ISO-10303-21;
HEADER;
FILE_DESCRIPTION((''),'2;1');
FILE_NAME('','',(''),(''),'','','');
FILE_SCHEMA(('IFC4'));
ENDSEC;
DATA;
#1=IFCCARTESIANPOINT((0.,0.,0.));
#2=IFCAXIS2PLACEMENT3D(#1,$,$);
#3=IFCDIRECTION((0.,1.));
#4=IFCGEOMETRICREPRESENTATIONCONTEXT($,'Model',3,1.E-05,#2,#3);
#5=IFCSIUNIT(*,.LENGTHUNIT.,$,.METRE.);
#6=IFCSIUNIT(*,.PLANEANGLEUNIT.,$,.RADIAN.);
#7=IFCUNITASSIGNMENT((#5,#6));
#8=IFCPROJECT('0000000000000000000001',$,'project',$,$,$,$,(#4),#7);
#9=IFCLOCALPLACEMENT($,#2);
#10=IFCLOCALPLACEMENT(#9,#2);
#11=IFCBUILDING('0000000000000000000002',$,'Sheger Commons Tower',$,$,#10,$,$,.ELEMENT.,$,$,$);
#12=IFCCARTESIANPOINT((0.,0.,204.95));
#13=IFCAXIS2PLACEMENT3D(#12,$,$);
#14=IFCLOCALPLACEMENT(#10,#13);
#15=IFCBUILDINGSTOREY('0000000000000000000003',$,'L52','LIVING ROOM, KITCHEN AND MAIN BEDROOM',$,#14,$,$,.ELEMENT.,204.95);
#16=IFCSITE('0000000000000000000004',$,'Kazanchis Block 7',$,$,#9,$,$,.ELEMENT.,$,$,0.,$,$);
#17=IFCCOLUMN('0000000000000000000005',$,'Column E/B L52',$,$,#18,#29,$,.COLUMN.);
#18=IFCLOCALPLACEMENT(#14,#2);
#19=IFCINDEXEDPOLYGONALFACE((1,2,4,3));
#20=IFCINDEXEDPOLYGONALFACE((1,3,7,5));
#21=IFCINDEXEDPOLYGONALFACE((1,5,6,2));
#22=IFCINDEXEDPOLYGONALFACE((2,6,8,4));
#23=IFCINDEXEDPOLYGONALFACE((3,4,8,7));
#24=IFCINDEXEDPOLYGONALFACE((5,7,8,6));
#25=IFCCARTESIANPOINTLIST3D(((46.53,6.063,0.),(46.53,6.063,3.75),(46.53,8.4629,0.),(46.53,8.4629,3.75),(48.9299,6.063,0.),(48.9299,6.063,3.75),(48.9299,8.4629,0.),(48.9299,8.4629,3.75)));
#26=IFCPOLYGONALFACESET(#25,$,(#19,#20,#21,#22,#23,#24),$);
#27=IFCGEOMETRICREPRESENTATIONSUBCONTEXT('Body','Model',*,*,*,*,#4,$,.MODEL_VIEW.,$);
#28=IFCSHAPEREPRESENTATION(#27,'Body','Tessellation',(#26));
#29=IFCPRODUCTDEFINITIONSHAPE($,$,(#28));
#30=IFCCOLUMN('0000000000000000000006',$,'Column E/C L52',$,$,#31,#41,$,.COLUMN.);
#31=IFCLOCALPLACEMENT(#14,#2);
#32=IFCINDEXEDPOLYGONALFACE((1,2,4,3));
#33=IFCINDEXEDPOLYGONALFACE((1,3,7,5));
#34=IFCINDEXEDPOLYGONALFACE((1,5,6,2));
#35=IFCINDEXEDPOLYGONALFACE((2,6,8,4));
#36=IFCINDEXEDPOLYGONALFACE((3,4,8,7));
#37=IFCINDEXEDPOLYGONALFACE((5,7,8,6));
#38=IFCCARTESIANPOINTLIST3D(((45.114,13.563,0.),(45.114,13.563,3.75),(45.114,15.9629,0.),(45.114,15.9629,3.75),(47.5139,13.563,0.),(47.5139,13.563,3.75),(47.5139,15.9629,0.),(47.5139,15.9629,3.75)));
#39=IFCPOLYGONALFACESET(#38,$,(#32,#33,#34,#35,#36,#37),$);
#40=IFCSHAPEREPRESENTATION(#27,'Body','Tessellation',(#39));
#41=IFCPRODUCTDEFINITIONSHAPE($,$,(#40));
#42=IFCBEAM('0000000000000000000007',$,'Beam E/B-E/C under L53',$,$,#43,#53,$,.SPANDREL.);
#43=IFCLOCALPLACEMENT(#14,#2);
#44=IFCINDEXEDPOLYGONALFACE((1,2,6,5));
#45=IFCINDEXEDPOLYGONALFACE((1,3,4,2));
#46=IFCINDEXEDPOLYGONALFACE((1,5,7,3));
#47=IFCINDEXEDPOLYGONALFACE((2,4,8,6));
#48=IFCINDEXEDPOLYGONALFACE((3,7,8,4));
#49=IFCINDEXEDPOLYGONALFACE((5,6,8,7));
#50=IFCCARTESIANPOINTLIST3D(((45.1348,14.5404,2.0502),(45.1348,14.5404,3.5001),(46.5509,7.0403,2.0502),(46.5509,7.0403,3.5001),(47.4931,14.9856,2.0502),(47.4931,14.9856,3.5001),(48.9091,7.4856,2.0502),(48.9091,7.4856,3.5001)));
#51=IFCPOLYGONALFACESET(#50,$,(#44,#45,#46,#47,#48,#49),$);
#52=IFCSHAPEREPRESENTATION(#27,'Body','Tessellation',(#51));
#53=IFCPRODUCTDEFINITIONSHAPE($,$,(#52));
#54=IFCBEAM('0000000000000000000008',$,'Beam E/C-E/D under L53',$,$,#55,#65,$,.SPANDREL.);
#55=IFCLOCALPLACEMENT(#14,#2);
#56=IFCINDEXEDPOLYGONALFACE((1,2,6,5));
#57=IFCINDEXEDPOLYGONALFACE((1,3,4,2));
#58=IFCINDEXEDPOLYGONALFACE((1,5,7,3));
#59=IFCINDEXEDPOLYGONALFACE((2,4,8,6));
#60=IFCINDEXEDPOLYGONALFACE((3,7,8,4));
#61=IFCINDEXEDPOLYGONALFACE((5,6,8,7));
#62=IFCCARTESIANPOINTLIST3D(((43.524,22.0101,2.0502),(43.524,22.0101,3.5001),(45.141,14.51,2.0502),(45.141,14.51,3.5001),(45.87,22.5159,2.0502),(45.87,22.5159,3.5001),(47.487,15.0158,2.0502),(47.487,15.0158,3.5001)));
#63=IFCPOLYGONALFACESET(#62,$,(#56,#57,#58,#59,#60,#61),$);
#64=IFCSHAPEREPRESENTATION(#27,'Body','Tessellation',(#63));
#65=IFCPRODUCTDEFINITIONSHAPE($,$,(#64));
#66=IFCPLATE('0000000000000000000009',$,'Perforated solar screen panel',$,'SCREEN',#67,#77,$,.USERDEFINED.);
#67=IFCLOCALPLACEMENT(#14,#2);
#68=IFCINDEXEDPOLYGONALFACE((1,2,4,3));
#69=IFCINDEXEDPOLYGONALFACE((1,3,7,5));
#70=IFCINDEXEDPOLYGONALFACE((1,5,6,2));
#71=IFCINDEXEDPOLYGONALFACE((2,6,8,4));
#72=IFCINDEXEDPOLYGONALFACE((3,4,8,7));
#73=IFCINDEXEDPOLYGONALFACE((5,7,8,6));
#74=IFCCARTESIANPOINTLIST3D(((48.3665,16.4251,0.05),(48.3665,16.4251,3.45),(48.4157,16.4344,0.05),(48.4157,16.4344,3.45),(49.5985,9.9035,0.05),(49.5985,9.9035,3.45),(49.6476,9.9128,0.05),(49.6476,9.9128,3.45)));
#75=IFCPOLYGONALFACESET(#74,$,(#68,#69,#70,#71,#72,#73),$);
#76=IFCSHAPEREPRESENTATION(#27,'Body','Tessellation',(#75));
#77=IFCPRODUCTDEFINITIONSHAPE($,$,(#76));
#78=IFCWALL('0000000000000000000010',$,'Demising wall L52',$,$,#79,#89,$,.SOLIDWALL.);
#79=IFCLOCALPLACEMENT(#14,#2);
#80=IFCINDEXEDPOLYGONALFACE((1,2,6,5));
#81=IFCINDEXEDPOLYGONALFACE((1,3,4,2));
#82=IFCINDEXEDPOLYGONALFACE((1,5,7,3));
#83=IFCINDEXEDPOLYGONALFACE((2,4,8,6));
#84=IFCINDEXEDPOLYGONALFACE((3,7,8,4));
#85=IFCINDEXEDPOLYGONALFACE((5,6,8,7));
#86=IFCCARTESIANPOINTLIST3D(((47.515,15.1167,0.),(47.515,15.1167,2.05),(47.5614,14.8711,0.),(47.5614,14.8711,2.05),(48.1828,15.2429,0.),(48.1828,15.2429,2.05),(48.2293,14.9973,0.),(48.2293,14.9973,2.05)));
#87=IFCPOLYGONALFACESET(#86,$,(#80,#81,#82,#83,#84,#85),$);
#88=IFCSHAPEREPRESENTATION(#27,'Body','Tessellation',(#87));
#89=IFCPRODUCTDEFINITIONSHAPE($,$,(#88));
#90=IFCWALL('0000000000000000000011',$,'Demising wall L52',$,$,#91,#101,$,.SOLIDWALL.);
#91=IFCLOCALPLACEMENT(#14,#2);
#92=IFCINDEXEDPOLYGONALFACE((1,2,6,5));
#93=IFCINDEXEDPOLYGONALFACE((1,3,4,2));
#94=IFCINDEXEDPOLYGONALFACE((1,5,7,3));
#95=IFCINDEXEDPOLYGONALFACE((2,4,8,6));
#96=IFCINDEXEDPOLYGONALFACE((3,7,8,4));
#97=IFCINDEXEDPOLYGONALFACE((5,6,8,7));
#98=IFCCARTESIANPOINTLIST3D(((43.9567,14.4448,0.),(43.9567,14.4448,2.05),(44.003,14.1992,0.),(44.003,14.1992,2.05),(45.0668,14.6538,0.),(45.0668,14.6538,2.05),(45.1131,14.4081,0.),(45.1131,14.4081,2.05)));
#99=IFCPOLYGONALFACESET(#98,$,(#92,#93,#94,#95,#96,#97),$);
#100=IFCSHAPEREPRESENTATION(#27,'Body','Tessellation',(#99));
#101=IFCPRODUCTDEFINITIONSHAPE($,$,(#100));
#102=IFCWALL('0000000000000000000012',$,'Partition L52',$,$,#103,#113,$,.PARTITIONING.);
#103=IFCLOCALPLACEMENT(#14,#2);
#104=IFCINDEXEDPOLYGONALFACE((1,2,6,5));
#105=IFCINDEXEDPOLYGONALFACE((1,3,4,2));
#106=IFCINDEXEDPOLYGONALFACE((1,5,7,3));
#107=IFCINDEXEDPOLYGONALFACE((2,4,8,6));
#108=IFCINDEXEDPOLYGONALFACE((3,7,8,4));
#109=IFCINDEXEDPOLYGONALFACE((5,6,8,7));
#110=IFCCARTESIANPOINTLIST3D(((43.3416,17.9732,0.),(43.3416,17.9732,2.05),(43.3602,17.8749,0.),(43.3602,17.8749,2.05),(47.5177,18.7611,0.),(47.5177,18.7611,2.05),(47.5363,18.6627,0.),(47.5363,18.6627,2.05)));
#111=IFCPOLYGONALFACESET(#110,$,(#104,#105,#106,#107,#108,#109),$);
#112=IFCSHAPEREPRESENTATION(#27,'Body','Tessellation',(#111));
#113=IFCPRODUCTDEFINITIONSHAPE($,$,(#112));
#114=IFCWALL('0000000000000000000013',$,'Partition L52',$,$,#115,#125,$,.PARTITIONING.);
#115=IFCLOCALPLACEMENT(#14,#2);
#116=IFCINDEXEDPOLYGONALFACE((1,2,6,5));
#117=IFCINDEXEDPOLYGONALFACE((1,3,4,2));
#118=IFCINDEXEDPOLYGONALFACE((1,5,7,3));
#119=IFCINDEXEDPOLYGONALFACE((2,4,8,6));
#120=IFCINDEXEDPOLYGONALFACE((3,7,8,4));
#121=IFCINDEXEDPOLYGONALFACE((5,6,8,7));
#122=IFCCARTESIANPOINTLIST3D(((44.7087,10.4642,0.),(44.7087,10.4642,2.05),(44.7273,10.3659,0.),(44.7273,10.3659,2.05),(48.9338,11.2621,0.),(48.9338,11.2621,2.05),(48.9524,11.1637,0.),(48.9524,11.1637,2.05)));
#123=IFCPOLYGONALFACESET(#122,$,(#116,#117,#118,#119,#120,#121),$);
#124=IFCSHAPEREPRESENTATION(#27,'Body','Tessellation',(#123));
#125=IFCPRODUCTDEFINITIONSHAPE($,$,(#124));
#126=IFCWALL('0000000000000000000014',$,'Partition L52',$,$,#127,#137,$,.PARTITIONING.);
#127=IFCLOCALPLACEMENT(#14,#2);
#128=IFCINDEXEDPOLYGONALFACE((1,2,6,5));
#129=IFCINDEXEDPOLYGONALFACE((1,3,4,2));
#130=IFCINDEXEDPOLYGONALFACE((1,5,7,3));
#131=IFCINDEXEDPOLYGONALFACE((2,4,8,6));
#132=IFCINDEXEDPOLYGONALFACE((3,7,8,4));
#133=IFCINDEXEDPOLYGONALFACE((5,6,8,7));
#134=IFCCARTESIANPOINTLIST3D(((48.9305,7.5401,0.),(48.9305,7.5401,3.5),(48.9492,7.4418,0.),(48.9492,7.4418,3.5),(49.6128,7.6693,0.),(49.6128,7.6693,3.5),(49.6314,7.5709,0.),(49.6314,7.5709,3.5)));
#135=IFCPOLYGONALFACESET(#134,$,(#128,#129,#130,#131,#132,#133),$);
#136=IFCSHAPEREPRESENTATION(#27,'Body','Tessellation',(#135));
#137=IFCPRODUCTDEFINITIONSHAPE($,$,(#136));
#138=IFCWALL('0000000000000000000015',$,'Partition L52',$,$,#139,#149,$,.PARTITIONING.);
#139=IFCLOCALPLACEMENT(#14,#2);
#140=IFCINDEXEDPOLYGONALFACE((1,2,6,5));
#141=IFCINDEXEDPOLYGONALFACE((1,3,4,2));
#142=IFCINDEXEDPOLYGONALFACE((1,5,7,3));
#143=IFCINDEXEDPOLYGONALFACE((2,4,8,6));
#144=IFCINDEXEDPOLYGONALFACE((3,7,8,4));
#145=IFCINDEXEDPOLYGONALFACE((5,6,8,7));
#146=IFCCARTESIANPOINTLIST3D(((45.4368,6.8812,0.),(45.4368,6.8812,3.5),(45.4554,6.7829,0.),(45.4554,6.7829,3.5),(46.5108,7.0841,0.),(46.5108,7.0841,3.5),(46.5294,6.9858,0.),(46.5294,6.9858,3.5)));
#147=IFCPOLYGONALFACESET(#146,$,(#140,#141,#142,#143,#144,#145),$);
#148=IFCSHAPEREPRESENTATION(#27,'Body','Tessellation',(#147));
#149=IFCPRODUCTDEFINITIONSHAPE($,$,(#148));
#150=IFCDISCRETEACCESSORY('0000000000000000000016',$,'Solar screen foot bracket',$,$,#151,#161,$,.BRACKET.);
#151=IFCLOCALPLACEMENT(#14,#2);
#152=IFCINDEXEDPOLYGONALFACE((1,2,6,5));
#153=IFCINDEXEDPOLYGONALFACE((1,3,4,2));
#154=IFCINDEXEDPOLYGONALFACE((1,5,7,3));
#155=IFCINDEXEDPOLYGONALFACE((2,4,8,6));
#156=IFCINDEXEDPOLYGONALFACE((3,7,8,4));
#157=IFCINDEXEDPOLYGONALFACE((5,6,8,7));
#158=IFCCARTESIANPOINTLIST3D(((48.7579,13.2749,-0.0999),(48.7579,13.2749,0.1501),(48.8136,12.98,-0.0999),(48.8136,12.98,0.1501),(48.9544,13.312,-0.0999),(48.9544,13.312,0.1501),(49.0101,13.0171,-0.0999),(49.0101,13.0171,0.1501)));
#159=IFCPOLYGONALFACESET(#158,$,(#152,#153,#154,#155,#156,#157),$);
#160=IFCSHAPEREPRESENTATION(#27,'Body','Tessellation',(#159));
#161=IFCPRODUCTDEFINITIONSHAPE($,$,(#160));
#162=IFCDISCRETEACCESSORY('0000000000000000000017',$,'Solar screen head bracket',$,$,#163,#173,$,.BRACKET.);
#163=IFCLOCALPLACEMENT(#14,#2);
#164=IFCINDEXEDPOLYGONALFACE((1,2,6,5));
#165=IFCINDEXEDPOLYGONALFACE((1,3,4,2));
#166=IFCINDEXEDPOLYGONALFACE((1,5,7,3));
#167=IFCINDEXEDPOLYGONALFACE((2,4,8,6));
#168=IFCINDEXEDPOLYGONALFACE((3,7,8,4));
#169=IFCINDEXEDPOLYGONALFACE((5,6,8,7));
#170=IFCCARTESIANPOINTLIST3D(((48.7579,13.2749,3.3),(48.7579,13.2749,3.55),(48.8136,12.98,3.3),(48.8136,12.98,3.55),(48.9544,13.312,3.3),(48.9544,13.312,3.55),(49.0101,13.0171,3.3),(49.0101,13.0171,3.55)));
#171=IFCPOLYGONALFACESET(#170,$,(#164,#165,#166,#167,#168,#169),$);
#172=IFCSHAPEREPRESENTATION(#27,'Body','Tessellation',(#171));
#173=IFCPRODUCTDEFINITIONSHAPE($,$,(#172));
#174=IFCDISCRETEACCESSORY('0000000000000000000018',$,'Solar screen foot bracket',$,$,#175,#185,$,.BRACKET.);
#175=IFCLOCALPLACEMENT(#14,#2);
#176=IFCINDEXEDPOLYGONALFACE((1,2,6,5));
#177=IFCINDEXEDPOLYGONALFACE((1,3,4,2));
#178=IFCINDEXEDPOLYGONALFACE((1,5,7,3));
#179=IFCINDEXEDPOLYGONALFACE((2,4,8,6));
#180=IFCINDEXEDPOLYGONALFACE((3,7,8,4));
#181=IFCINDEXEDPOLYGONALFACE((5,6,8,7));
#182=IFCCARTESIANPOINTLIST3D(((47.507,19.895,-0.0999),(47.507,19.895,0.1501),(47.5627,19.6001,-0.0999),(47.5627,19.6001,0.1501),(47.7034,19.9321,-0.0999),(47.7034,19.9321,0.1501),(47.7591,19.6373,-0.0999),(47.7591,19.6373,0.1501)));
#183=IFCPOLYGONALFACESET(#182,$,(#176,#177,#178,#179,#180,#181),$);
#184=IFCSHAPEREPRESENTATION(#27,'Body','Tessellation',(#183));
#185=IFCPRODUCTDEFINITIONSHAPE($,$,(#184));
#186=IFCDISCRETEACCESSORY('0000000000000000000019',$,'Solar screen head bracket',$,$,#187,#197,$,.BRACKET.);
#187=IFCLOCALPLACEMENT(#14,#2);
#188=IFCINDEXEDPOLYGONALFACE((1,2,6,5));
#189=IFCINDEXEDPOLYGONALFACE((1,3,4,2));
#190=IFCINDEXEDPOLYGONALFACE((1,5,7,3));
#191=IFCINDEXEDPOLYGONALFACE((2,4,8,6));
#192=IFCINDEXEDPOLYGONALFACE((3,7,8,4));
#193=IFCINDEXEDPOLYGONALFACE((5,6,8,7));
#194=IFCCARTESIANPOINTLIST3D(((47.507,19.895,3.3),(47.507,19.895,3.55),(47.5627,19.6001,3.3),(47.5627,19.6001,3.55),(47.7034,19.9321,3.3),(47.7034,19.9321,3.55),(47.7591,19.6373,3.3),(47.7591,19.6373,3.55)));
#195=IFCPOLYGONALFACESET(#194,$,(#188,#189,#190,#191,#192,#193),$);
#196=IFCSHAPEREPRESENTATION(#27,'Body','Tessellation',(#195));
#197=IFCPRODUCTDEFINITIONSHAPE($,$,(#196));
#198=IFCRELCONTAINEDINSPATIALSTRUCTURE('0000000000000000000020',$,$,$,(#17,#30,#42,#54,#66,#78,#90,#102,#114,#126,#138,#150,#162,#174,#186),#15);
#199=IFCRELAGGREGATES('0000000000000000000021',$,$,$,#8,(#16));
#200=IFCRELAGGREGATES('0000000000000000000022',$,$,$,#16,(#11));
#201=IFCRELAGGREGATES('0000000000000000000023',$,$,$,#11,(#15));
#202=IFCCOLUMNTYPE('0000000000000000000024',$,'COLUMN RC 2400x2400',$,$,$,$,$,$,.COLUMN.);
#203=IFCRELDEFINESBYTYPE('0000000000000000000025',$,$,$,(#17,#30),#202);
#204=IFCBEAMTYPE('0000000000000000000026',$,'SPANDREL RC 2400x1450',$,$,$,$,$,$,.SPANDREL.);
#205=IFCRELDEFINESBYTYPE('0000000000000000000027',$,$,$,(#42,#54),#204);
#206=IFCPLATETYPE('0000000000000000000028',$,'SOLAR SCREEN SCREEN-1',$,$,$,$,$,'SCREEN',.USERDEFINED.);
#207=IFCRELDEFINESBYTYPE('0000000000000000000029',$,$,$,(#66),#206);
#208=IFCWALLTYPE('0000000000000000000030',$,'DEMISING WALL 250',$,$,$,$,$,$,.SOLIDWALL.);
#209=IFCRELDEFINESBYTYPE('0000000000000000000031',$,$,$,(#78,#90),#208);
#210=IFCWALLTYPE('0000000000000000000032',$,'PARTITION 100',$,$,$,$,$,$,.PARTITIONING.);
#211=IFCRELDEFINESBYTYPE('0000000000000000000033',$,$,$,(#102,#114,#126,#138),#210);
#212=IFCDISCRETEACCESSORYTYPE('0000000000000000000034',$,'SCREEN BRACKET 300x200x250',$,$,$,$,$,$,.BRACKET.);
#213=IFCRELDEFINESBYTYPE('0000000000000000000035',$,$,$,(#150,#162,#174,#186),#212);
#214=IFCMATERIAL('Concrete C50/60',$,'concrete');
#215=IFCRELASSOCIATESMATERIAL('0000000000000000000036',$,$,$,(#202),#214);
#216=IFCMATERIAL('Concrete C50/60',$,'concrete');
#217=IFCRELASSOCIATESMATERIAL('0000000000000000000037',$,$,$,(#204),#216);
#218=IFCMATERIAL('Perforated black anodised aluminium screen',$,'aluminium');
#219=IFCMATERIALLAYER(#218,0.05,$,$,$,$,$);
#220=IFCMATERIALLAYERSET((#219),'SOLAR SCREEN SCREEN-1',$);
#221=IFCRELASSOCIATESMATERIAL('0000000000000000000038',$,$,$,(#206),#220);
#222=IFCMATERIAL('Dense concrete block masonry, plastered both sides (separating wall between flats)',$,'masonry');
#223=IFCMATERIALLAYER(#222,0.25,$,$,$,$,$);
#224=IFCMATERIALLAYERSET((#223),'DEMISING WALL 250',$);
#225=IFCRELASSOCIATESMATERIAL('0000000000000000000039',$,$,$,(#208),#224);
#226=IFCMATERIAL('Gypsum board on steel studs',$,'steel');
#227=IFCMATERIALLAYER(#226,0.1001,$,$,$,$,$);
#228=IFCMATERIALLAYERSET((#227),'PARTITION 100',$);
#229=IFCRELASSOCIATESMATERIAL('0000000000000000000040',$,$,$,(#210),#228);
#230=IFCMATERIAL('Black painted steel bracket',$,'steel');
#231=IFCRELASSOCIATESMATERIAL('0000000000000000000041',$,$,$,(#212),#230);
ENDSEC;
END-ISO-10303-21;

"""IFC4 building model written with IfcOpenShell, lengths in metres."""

from ifc_helpers import new_model, si_unit, direction, frame, frame_2d, origin, origin_2d, place, context, subcontext, project, spatial, rectangle, extrude, material, layer, layer_set, material_profile, profile_set, type_object, element, save


model = new_model("IFC4")

# Units and contexts
model_context = context("Model", 3, precision=1e-05, world=origin(), true_north=direction((0.0, 1.0)))
body_context = subcontext(model_context, "Body", "Model", "MODEL_VIEW")
ifc_project = project(units=[si_unit("LENGTHUNIT", "METRE"), si_unit("PLANEANGLEUNIT", "RADIAN")], contexts=[model_context])

# Site, building, storey
site_placement = place(None, origin())
site = spatial("IfcSite", under=ifc_project, at=site_placement, Name="Kazanchis Block 7", CompositionType="ELEMENT", RefElevation=0.0)
building_placement = place(site_placement, origin())
building = spatial("IfcBuilding", under=site, at=building_placement, Name="Sheger Commons Tower", CompositionType="ELEMENT")
storey_placement = place(building_placement, frame((0.0, 0.0, 204.95)))
storey = spatial("IfcBuildingStorey", under=building, at=storey_placement, Name="L52", Description="LIVING ROOM, KITCHEN AND MAIN BEDROOM", CompositionType="ELEMENT", Elevation=204.95)

# Columns
ifc_material_1 = material(Name="Concrete C50/60", Category="concrete")
ifc_material_profile_1 = material_profile(ifc_material_1, rectangle(XDim=2.3999, YDim=2.3999, at=origin_2d()), Name="RC 2400x2400")
ifc_profile_set_1 = profile_set([ifc_material_profile_1], Name="Concrete C50/60")
column_type = type_object("IfcColumnType", Name="COLUMN RC 2400x2400", PredefinedType="COLUMN", material=ifc_profile_set_1)
for number, where, z_axis, x_axis, name in (
    (1, (47.73, 7.2629, 0.0), (0.0, 0.0, 1.0), (1.0, 0.0, 0.0), "Column E/B L52"),
    (2, (46.314, 14.7629, 0.0), (0.0, 0.0, 1.0), (1.0, 0.0, 0.0), "Column E/C L52"),
):
    element("IfcColumn", number, at=place(storey_placement, frame(where, z_axis=z_axis, x_axis=x_axis)), inside=storey, type_object=column_type, Name=name, PredefinedType="COLUMN", context=body_context, shape_type="SweptSolid", body=[
        extrude(rectangle(XDim=2.3999, YDim=2.3999, at=origin_2d()), origin(), (0.0, 0.0, 1.0), 3.75),
    ])

# Beams
ifc_material_2 = material(Name="Concrete C50/60", Category="concrete")
ifc_material_profile_2 = material_profile(ifc_material_2, rectangle(XDim=2.3999, YDim=1.45, at=origin_2d()), Name="RC 2400x1450")
ifc_profile_set_2 = profile_set([ifc_material_profile_2], Name="Concrete C50/60")
beam_type = type_object("IfcBeamType", Name="SPANDREL RC 2400x1450", PredefinedType="SPANDREL", material=ifc_profile_set_2)
beam_1_placement = place(storey_placement, frame((47.73, 7.2629, 2.7751), z_axis=(-0.185524, 0.98264, 0.0), x_axis=(-0.98264, -0.185524, 0.0)))
element("IfcBeam", 3, at=beam_1_placement, inside=storey, type_object=beam_type, Name="Beam E/B-E/C under L53", PredefinedType="SPANDREL", context=body_context, shape_type="SweptSolid", body=[
    extrude(rectangle(XDim=2.3999, YDim=1.45, at=origin_2d()), origin(), (0.0, 0.0, 1.0), 7.6326),
])
beam_2_placement = place(storey_placement, frame((46.314, 14.7629, 2.7751), z_axis=(-0.21075, 0.97754, 0.0), x_axis=(-0.97754, -0.21075, 0.0)))
element("IfcBeam", 4, at=beam_2_placement, inside=storey, type_object=beam_type, Name="Beam E/C-E/D under L53", PredefinedType="SPANDREL", context=body_context, shape_type="SweptSolid", body=[
    extrude(rectangle(XDim=2.3999, YDim=1.45, at=origin_2d()), origin(), (0.0, 0.0, 1.0), 7.6724),
])

# Plate
ifc_material_3 = material(Name="Perforated black anodised aluminium screen", Category="aluminium")
ifc_layer_1 = layer(ifc_material_3, 0.05)
ifc_layer_set_1 = layer_set([ifc_layer_1], Name="SOLAR SCREEN SCREEN-1")
plate_type = type_object("IfcPlateType", Name="SOLAR SCREEN SCREEN-1", ElementType="SCREEN", PredefinedType="USERDEFINED", material=ifc_layer_set_1)
plate_placement = place(storey_placement, frame((49.0071, 13.1689, 0.05), z_axis=(0.0, 0.0, 1.0), x_axis=(-0.185615, 0.982623, 0.0)))
element("IfcPlate", 5, at=plate_placement, inside=storey, type_object=plate_type, Name="Perforated solar screen panel", ObjectType="SCREEN", PredefinedType="USERDEFINED", context=body_context, shape_type="SweptSolid", body=[
    extrude(rectangle(XDim=6.637, YDim=0.05, at=origin_2d()), origin(), (0.0, 0.0, 1.0), 3.3999),
])

# Walls
ifc_material_4 = material(Name="Dense concrete block masonry, plastered both sides (separating wall between flats)", Category="masonry")
ifc_layer_2 = layer(ifc_material_4, 0.25)
ifc_layer_set_2 = layer_set([ifc_layer_2], Name="DEMISING WALL 250")
wall_type_1 = type_object("IfcWallType", Name="DEMISING WALL 250", PredefinedType="SOLIDWALL", material=ifc_layer_set_2)
wall_1_placement = place(storey_placement, frame((48.2061, 15.1201, 0.0), z_axis=(0.0, 0.0, 1.0), x_axis=(-0.982611, -0.185676, 0.0)))
element("IfcWall", 6, at=wall_1_placement, inside=storey, type_object=wall_type_1, Name="Demising wall L52", PredefinedType="SOLIDWALL", context=body_context, shape_type="SweptSolid", body=[
    extrude(rectangle(XDim=0.6797, YDim=0.25, at=frame_2d((0.3398, 0.0))), origin(), (0.0, 0.0, 1.0), 2.05),
])
wall_2_placement = place(storey_placement, frame((45.0901, 14.531, 0.0), z_axis=(0.0, 0.0, 1.0), x_axis=(-0.982737, -0.185006, 0.0)))
element("IfcWall", 7, at=wall_2_placement, inside=storey, type_object=wall_type_1, Name="Demising wall L52", PredefinedType="SOLIDWALL", context=body_context, shape_type="SweptSolid", body=[
    extrude(rectangle(XDim=1.1296, YDim=0.25, at=frame_2d((0.5649, 0.0))), origin(), (0.0, 0.0, 1.0), 2.05),
])
ifc_material_5 = material(Name="Gypsum board on steel studs", Category="steel")
ifc_layer_3 = layer(ifc_material_5, 0.1001)
ifc_layer_set_3 = layer_set([ifc_layer_3], Name="PARTITION 100")
wall_type_2 = type_object("IfcWallType", Name="PARTITION 100", PredefinedType="PARTITIONING", material=ifc_layer_set_3)
wall_3_placement = place(storey_placement, frame((47.5271, 18.7119, 0.0), z_axis=(0.0, 0.0, 1.0), x_axis=(-0.982665, -0.185388, 0.0)))
element("IfcWall", 8, at=wall_3_placement, inside=storey, type_object=wall_type_2, Name="Partition L52", PredefinedType="PARTITIONING", context=body_context, shape_type="SweptSolid", body=[
    extrude(rectangle(XDim=4.2498, YDim=0.1001, at=frame_2d((2.125, 0.0))), origin(), (0.0, 0.0, 1.0), 2.05),
])
wall_4_placement = place(storey_placement, frame((48.9431, 11.2129, 0.0), z_axis=(0.0, 0.0, 1.0), x_axis=(-0.982634, -0.185557, 0.0)))
element("IfcWall", 9, at=wall_4_placement, inside=storey, type_object=wall_type_2, Name="Partition L52", PredefinedType="PARTITIONING", context=body_context, shape_type="SweptSolid", body=[
    extrude(rectangle(XDim=4.2998, YDim=0.1001, at=frame_2d((2.1499, 0.0))), origin(), (0.0, 0.0, 1.0), 2.05),
])
wall_5_placement = place(storey_placement, frame((49.6221, 7.6201, 0.0), z_axis=(0.0, 0.0, 1.0), x_axis=(-0.982544, -0.186029, 0.0)))
element("IfcWall", 10, at=wall_5_placement, inside=storey, type_object=wall_type_2, Name="Partition L52", PredefinedType="PARTITIONING", context=body_context, shape_type="SweptSolid", body=[
    extrude(rectangle(XDim=0.6943, YDim=0.1001, at=frame_2d((0.3472, 0.0))), origin(), (0.0, 0.0, 1.0), 3.5),
])
wall_6_placement = place(storey_placement, frame((46.52, 7.0349, 0.0), z_axis=(0.0, 0.0, 1.0), x_axis=(-0.982621, -0.185624, 0.0)))
element("IfcWall", 11, at=wall_6_placement, inside=storey, type_object=wall_type_2, Name="Partition L52", PredefinedType="PARTITIONING", context=body_context, shape_type="SweptSolid", body=[
    extrude(rectangle(XDim=1.093, YDim=0.1001, at=frame_2d((0.5464, 0.0))), origin(), (0.0, 0.0, 1.0), 3.5),
])

# Discrete accessories
ifc_material_6 = material(Name="Black painted steel bracket", Category="steel")
discrete_accessory_type = type_object("IfcDiscreteAccessoryType", Name="SCREEN BRACKET 300x200x250", PredefinedType="BRACKET", material=ifc_material_6)
for number, where, z_axis, x_axis, name in (
    (12, (48.884, 13.146, -0.0999), (0.0, 0.0, 1.0), (-0.185615, 0.982623, 0.0), "Solar screen foot bracket"),
    (13, (48.884, 13.146, 3.3), (0.0, 0.0, 1.0), (-0.185615, 0.982623, 0.0), "Solar screen head bracket"),
    (14, (47.6331, 19.7661, -0.0999), (0.0, 0.0, 1.0), (-0.185615, 0.982623, 0.0), "Solar screen foot bracket"),
    (15, (47.6331, 19.7661, 3.3), (0.0, 0.0, 1.0), (-0.185615, 0.982623, 0.0), "Solar screen head bracket"),
):
    element("IfcDiscreteAccessory", number, at=place(storey_placement, frame(where, z_axis=z_axis, x_axis=x_axis)), inside=storey, type_object=discrete_accessory_type, Name=name, PredefinedType="BRACKET", context=body_context, shape_type="SweptSolid", body=[
        extrude(rectangle(XDim=0.3, YDim=0.2, at=origin_2d()), origin(), (0.0, 0.0, 1.0), 0.25),
    ])

save(model, "model.ifc")
